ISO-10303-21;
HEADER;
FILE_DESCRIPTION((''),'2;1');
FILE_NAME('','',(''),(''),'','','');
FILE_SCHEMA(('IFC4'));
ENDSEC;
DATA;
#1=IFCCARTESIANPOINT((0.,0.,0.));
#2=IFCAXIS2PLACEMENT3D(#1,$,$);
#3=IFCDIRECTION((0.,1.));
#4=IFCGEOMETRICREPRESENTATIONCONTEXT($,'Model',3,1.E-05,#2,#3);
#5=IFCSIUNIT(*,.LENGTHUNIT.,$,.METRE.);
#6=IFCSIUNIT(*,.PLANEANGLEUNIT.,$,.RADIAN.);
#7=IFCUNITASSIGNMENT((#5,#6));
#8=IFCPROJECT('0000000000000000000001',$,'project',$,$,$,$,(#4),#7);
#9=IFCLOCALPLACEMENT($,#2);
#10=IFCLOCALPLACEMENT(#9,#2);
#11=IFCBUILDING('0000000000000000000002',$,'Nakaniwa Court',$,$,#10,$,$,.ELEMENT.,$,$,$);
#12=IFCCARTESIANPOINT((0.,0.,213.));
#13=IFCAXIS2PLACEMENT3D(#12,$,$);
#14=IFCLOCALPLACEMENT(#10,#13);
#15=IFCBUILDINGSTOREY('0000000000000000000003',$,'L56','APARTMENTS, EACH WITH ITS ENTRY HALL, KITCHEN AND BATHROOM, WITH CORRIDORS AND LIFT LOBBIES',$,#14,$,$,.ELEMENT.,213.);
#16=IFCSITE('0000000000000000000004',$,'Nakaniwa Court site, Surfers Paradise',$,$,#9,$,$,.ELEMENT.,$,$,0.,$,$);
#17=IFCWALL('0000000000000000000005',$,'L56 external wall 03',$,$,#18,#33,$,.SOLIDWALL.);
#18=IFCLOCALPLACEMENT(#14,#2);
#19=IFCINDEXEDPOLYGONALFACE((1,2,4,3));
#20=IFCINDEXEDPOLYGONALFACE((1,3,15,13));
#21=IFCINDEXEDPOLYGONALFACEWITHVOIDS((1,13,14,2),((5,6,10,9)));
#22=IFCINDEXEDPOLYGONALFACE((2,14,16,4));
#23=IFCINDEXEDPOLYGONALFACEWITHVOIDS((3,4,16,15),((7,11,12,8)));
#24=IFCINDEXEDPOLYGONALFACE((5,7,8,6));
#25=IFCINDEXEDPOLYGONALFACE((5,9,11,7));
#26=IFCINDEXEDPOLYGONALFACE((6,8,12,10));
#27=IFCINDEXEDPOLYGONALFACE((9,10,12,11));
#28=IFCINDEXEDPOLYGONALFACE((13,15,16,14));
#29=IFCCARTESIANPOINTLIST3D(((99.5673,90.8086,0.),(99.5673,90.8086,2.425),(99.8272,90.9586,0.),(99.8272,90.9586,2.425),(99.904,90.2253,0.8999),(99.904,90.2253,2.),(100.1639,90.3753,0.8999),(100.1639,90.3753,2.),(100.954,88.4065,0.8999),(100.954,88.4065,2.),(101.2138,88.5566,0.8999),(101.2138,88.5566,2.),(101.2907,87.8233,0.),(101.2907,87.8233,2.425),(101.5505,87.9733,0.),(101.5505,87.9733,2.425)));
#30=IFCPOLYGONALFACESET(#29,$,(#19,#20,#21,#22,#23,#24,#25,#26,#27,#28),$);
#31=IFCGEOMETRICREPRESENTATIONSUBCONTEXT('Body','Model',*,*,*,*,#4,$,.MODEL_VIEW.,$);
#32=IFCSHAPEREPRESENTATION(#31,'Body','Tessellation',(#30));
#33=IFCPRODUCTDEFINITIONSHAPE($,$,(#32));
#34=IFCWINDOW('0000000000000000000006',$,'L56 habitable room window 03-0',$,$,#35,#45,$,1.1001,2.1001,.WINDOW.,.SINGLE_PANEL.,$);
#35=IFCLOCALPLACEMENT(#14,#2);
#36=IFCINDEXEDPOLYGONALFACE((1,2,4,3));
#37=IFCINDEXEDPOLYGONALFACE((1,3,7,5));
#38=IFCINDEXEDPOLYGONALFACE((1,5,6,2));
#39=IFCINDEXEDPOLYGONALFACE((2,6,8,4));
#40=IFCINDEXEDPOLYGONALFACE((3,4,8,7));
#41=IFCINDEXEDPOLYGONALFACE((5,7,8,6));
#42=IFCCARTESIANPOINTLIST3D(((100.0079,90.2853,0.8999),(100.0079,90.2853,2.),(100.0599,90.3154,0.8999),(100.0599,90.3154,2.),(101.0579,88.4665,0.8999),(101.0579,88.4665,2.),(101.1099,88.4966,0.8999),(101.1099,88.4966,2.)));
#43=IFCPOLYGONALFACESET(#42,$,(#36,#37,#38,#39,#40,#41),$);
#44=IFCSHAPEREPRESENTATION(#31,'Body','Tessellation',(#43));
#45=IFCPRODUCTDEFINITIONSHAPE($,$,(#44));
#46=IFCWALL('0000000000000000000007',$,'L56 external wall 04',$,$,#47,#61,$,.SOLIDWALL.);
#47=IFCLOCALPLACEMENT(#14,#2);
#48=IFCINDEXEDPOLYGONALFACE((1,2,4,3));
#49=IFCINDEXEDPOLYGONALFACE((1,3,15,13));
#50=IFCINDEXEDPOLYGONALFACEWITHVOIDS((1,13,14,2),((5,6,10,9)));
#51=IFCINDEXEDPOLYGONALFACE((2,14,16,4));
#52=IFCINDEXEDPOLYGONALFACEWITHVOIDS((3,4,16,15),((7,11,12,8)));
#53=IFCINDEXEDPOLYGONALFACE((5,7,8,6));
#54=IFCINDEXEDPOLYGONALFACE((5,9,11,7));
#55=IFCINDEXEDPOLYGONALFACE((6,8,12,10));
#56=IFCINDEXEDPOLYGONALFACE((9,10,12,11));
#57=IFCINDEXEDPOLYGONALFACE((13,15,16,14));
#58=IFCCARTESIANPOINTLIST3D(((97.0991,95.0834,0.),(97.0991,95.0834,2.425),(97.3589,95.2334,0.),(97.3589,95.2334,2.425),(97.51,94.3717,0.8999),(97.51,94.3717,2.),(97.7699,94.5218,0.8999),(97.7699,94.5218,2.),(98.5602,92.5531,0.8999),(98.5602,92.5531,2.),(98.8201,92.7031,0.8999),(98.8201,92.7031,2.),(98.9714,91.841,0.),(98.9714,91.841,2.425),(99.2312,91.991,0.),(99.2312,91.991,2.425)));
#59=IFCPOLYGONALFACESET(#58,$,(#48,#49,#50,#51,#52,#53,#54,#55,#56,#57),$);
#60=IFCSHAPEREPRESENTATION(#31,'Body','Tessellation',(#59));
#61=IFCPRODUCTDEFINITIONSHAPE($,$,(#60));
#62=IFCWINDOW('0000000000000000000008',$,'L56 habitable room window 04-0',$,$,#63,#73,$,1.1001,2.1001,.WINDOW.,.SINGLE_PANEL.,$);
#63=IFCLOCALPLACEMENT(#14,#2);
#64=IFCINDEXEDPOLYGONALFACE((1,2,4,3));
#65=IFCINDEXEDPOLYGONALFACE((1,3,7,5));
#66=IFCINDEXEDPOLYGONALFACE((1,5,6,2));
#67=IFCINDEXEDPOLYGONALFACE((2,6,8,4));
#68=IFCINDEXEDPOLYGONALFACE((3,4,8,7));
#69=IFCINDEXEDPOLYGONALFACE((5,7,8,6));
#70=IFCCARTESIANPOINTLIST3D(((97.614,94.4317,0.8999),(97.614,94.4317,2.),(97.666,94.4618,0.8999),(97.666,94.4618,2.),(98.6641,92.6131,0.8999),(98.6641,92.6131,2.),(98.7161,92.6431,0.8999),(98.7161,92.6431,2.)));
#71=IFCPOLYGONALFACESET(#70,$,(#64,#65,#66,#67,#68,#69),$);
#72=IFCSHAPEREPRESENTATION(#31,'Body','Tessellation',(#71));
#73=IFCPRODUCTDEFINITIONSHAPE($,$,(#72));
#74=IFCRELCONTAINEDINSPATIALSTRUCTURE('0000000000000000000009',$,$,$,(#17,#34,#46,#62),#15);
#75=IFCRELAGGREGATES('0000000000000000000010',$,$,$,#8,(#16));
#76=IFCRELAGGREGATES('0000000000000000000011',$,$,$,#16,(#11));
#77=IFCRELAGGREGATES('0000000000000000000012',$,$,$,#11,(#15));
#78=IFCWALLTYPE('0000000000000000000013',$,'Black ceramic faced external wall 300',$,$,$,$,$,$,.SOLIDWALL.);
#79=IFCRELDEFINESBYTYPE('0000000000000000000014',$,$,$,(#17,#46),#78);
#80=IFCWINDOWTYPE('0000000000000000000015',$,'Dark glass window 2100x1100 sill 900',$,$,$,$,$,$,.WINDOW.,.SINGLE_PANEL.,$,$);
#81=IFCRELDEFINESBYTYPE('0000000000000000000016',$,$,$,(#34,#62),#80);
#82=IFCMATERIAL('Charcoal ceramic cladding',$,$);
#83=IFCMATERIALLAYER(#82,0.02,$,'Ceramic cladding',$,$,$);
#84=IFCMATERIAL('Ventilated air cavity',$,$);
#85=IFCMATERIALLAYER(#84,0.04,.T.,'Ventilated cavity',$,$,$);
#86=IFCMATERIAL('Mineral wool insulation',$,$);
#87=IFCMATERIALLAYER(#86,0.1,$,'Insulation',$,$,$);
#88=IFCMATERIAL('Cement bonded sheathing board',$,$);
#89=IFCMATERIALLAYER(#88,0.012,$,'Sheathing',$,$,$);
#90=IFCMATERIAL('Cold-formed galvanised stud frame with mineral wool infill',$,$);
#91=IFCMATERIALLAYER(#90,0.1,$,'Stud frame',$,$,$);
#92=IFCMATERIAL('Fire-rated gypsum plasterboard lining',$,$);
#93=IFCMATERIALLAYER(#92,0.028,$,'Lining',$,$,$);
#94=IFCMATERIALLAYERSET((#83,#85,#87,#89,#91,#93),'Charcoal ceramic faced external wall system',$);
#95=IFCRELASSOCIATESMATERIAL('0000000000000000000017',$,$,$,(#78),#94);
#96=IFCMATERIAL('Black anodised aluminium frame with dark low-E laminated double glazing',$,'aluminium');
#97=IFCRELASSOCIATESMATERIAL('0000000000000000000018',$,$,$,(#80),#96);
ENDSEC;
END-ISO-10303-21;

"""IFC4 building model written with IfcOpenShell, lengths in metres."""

from ifc_helpers import new_model, si_unit, direction, frame, frame_2d, origin, place, context, subcontext, project, spatial, rectangle, extrude, material, layer, layer_set, type_object, element, fill, save


model = new_model("IFC4")

# Units and contexts
model_context = context("Model", 3, precision=1e-05, world=origin(), true_north=direction((0.0, 1.0)))
body_context = subcontext(model_context, "Body", "Model", "MODEL_VIEW")
ifc_project = project(units=[si_unit("LENGTHUNIT", "METRE"), si_unit("PLANEANGLEUNIT", "RADIAN")], contexts=[model_context])

# Site, building, storey
site_placement = place(None, origin())
site = spatial("IfcSite", under=ifc_project, at=site_placement, Name="Nakaniwa Court site, Surfers Paradise", CompositionType="ELEMENT", RefElevation=0.0)
building_placement = place(site_placement, origin())
building = spatial("IfcBuilding", under=site, at=building_placement, Name="Nakaniwa Court", CompositionType="ELEMENT")
storey_placement = place(building_placement, frame((0.0, 0.0, 213.0)))
storey = spatial("IfcBuildingStorey", under=building, at=storey_placement, Name="L56", Description="APARTMENTS, EACH WITH ITS ENTRY HALL, KITCHEN AND BATHROOM, WITH CORRIDORS AND LIFT LOBBIES", CompositionType="ELEMENT", Elevation=213.0)

# Walls, openings, windows
ifc_material_1 = material(Name="Charcoal ceramic cladding")
ifc_layer_1 = layer(ifc_material_1, 0.02, Name="Ceramic cladding")
ifc_material_2 = material(Name="Ventilated air cavity")
ifc_layer_2 = layer(ifc_material_2, 0.04, ventilated=True, Name="Ventilated cavity")
ifc_material_3 = material(Name="Mineral wool insulation")
ifc_layer_3 = layer(ifc_material_3, 0.1, Name="Insulation")
ifc_material_4 = material(Name="Cement bonded sheathing board")
ifc_layer_4 = layer(ifc_material_4, 0.012, Name="Sheathing")
ifc_material_5 = material(Name="Cold-formed galvanised stud frame with mineral wool infill")
ifc_layer_5 = layer(ifc_material_5, 0.1, Name="Stud frame")
ifc_material_6 = material(Name="Fire-rated gypsum plasterboard lining")
ifc_layer_6 = layer(ifc_material_6, 0.028, Name="Lining")
ifc_layer_set_1 = layer_set([ifc_layer_1, ifc_layer_2, ifc_layer_3, ifc_layer_4, ifc_layer_5, ifc_layer_6], Name="Charcoal ceramic faced external wall system")
wall_type_1 = type_object("IfcWallType", Name="Black ceramic faced external wall 300", PredefinedType="SOLIDWALL", material=ifc_layer_set_1)
wall_1_placement = place(storey_placement, frame((101.4207, 87.8982, 0.0), z_axis=(0.0, 0.0, 1.0), x_axis=(-0.499955, 0.866051, 0.0)))
wall_1 = element("IfcWall", 1, at=wall_1_placement, inside=storey, type_object=wall_type_1, Name="L56 external wall 03", PredefinedType="SOLIDWALL", context=body_context, shape_type="SweptSolid", body=[
    extrude(rectangle(XDim=3.447, YDim=0.3, at=frame_2d((1.7236, 0.0))), origin(), (0.0, 0.0, 1.0), 2.425),
])
opening_1_placement = place(wall_1_placement, frame((0.6736, 0.0, 0.8999)))
opening_1 = element("IfcOpeningElement", 2, at=opening_1_placement, cuts=wall_1, PredefinedType="OPENING", context=body_context, shape_type="SweptSolid", body=[
    extrude(rectangle(XDim=2.1001, YDim=1.1001, at=frame_2d((1.05, 0.55))), frame((0.0, 0.1599, 0.0), z_axis=(0.0, -1.0, 0.0), x_axis=(1.0, 0.0, 0.0)), (0.0, 0.0, 1.0), 0.3201),
])
ifc_material_7 = material(Name="Black anodised aluminium frame with dark low-E laminated double glazing", Category="aluminium")
window_type = type_object("IfcWindowType", Name="Dark glass window 2100x1100 sill 900", PartitioningType="SINGLE_PANEL", PredefinedType="WINDOW", material=ifc_material_7)
window_1_placement = place(opening_1_placement, origin())
window_1 = element("IfcWindow", 3, at=window_1_placement, inside=storey, type_object=window_type, Name="L56 habitable room window 03-0", OverallHeight=1.1001, OverallWidth=2.1001, PartitioningType="SINGLE_PANEL", PredefinedType="WINDOW", context=body_context, shape_type="SweptSolid", body=[
    extrude(rectangle(XDim=2.1001, YDim=1.1001, at=frame_2d((1.05, 0.55))), frame((0.0, 0.03, 0.0), z_axis=(0.0, -1.0, 0.0), x_axis=(1.0, 0.0, 0.0)), (0.0, 0.0, 1.0), 0.0601),
])
fill(opening_1, window_1)
wall_2_placement = place(storey_placement, frame((99.1013, 91.916, 0.0), z_axis=(0.0, 0.0, 1.0), x_axis=(-0.500059, 0.865991, 0.0)))
wall_2 = element("IfcWall", 4, at=wall_2_placement, inside=storey, type_object=wall_type_1, Name="L56 external wall 04", PredefinedType="SOLIDWALL", context=body_context, shape_type="SweptSolid", body=[
    extrude(rectangle(XDim=3.7441, YDim=0.3, at=frame_2d((1.8721, 0.0))), origin(), (0.0, 0.0, 1.0), 2.425),
])
opening_2_placement = place(wall_2_placement, frame((0.8223, 0.0, 0.8999)))
opening_2 = element("IfcOpeningElement", 5, at=opening_2_placement, cuts=wall_2, PredefinedType="OPENING", context=body_context, shape_type="SweptSolid", body=[
    extrude(rectangle(XDim=2.1001, YDim=1.1001, at=frame_2d((1.05, 0.55))), frame((0.0, 0.1599, 0.0), z_axis=(0.0, -1.0, 0.0), x_axis=(1.0, 0.0, 0.0)), (0.0, 0.0, 1.0), 0.3201),
])
window_2_placement = place(opening_2_placement, origin())
window_2 = element("IfcWindow", 6, at=window_2_placement, inside=storey, type_object=window_type, Name="L56 habitable room window 04-0", OverallHeight=1.1001, OverallWidth=2.1001, PartitioningType="SINGLE_PANEL", PredefinedType="WINDOW", context=body_context, shape_type="SweptSolid", body=[
    extrude(rectangle(XDim=2.1001, YDim=1.1001, at=frame_2d((1.05, 0.55))), frame((0.0, 0.03, 0.0), z_axis=(0.0, -1.0, 0.0), x_axis=(1.0, 0.0, 0.0)), (0.0, 0.0, 1.0), 0.0601),
])
fill(opening_2, window_2)

save(model, "model.ifc")
